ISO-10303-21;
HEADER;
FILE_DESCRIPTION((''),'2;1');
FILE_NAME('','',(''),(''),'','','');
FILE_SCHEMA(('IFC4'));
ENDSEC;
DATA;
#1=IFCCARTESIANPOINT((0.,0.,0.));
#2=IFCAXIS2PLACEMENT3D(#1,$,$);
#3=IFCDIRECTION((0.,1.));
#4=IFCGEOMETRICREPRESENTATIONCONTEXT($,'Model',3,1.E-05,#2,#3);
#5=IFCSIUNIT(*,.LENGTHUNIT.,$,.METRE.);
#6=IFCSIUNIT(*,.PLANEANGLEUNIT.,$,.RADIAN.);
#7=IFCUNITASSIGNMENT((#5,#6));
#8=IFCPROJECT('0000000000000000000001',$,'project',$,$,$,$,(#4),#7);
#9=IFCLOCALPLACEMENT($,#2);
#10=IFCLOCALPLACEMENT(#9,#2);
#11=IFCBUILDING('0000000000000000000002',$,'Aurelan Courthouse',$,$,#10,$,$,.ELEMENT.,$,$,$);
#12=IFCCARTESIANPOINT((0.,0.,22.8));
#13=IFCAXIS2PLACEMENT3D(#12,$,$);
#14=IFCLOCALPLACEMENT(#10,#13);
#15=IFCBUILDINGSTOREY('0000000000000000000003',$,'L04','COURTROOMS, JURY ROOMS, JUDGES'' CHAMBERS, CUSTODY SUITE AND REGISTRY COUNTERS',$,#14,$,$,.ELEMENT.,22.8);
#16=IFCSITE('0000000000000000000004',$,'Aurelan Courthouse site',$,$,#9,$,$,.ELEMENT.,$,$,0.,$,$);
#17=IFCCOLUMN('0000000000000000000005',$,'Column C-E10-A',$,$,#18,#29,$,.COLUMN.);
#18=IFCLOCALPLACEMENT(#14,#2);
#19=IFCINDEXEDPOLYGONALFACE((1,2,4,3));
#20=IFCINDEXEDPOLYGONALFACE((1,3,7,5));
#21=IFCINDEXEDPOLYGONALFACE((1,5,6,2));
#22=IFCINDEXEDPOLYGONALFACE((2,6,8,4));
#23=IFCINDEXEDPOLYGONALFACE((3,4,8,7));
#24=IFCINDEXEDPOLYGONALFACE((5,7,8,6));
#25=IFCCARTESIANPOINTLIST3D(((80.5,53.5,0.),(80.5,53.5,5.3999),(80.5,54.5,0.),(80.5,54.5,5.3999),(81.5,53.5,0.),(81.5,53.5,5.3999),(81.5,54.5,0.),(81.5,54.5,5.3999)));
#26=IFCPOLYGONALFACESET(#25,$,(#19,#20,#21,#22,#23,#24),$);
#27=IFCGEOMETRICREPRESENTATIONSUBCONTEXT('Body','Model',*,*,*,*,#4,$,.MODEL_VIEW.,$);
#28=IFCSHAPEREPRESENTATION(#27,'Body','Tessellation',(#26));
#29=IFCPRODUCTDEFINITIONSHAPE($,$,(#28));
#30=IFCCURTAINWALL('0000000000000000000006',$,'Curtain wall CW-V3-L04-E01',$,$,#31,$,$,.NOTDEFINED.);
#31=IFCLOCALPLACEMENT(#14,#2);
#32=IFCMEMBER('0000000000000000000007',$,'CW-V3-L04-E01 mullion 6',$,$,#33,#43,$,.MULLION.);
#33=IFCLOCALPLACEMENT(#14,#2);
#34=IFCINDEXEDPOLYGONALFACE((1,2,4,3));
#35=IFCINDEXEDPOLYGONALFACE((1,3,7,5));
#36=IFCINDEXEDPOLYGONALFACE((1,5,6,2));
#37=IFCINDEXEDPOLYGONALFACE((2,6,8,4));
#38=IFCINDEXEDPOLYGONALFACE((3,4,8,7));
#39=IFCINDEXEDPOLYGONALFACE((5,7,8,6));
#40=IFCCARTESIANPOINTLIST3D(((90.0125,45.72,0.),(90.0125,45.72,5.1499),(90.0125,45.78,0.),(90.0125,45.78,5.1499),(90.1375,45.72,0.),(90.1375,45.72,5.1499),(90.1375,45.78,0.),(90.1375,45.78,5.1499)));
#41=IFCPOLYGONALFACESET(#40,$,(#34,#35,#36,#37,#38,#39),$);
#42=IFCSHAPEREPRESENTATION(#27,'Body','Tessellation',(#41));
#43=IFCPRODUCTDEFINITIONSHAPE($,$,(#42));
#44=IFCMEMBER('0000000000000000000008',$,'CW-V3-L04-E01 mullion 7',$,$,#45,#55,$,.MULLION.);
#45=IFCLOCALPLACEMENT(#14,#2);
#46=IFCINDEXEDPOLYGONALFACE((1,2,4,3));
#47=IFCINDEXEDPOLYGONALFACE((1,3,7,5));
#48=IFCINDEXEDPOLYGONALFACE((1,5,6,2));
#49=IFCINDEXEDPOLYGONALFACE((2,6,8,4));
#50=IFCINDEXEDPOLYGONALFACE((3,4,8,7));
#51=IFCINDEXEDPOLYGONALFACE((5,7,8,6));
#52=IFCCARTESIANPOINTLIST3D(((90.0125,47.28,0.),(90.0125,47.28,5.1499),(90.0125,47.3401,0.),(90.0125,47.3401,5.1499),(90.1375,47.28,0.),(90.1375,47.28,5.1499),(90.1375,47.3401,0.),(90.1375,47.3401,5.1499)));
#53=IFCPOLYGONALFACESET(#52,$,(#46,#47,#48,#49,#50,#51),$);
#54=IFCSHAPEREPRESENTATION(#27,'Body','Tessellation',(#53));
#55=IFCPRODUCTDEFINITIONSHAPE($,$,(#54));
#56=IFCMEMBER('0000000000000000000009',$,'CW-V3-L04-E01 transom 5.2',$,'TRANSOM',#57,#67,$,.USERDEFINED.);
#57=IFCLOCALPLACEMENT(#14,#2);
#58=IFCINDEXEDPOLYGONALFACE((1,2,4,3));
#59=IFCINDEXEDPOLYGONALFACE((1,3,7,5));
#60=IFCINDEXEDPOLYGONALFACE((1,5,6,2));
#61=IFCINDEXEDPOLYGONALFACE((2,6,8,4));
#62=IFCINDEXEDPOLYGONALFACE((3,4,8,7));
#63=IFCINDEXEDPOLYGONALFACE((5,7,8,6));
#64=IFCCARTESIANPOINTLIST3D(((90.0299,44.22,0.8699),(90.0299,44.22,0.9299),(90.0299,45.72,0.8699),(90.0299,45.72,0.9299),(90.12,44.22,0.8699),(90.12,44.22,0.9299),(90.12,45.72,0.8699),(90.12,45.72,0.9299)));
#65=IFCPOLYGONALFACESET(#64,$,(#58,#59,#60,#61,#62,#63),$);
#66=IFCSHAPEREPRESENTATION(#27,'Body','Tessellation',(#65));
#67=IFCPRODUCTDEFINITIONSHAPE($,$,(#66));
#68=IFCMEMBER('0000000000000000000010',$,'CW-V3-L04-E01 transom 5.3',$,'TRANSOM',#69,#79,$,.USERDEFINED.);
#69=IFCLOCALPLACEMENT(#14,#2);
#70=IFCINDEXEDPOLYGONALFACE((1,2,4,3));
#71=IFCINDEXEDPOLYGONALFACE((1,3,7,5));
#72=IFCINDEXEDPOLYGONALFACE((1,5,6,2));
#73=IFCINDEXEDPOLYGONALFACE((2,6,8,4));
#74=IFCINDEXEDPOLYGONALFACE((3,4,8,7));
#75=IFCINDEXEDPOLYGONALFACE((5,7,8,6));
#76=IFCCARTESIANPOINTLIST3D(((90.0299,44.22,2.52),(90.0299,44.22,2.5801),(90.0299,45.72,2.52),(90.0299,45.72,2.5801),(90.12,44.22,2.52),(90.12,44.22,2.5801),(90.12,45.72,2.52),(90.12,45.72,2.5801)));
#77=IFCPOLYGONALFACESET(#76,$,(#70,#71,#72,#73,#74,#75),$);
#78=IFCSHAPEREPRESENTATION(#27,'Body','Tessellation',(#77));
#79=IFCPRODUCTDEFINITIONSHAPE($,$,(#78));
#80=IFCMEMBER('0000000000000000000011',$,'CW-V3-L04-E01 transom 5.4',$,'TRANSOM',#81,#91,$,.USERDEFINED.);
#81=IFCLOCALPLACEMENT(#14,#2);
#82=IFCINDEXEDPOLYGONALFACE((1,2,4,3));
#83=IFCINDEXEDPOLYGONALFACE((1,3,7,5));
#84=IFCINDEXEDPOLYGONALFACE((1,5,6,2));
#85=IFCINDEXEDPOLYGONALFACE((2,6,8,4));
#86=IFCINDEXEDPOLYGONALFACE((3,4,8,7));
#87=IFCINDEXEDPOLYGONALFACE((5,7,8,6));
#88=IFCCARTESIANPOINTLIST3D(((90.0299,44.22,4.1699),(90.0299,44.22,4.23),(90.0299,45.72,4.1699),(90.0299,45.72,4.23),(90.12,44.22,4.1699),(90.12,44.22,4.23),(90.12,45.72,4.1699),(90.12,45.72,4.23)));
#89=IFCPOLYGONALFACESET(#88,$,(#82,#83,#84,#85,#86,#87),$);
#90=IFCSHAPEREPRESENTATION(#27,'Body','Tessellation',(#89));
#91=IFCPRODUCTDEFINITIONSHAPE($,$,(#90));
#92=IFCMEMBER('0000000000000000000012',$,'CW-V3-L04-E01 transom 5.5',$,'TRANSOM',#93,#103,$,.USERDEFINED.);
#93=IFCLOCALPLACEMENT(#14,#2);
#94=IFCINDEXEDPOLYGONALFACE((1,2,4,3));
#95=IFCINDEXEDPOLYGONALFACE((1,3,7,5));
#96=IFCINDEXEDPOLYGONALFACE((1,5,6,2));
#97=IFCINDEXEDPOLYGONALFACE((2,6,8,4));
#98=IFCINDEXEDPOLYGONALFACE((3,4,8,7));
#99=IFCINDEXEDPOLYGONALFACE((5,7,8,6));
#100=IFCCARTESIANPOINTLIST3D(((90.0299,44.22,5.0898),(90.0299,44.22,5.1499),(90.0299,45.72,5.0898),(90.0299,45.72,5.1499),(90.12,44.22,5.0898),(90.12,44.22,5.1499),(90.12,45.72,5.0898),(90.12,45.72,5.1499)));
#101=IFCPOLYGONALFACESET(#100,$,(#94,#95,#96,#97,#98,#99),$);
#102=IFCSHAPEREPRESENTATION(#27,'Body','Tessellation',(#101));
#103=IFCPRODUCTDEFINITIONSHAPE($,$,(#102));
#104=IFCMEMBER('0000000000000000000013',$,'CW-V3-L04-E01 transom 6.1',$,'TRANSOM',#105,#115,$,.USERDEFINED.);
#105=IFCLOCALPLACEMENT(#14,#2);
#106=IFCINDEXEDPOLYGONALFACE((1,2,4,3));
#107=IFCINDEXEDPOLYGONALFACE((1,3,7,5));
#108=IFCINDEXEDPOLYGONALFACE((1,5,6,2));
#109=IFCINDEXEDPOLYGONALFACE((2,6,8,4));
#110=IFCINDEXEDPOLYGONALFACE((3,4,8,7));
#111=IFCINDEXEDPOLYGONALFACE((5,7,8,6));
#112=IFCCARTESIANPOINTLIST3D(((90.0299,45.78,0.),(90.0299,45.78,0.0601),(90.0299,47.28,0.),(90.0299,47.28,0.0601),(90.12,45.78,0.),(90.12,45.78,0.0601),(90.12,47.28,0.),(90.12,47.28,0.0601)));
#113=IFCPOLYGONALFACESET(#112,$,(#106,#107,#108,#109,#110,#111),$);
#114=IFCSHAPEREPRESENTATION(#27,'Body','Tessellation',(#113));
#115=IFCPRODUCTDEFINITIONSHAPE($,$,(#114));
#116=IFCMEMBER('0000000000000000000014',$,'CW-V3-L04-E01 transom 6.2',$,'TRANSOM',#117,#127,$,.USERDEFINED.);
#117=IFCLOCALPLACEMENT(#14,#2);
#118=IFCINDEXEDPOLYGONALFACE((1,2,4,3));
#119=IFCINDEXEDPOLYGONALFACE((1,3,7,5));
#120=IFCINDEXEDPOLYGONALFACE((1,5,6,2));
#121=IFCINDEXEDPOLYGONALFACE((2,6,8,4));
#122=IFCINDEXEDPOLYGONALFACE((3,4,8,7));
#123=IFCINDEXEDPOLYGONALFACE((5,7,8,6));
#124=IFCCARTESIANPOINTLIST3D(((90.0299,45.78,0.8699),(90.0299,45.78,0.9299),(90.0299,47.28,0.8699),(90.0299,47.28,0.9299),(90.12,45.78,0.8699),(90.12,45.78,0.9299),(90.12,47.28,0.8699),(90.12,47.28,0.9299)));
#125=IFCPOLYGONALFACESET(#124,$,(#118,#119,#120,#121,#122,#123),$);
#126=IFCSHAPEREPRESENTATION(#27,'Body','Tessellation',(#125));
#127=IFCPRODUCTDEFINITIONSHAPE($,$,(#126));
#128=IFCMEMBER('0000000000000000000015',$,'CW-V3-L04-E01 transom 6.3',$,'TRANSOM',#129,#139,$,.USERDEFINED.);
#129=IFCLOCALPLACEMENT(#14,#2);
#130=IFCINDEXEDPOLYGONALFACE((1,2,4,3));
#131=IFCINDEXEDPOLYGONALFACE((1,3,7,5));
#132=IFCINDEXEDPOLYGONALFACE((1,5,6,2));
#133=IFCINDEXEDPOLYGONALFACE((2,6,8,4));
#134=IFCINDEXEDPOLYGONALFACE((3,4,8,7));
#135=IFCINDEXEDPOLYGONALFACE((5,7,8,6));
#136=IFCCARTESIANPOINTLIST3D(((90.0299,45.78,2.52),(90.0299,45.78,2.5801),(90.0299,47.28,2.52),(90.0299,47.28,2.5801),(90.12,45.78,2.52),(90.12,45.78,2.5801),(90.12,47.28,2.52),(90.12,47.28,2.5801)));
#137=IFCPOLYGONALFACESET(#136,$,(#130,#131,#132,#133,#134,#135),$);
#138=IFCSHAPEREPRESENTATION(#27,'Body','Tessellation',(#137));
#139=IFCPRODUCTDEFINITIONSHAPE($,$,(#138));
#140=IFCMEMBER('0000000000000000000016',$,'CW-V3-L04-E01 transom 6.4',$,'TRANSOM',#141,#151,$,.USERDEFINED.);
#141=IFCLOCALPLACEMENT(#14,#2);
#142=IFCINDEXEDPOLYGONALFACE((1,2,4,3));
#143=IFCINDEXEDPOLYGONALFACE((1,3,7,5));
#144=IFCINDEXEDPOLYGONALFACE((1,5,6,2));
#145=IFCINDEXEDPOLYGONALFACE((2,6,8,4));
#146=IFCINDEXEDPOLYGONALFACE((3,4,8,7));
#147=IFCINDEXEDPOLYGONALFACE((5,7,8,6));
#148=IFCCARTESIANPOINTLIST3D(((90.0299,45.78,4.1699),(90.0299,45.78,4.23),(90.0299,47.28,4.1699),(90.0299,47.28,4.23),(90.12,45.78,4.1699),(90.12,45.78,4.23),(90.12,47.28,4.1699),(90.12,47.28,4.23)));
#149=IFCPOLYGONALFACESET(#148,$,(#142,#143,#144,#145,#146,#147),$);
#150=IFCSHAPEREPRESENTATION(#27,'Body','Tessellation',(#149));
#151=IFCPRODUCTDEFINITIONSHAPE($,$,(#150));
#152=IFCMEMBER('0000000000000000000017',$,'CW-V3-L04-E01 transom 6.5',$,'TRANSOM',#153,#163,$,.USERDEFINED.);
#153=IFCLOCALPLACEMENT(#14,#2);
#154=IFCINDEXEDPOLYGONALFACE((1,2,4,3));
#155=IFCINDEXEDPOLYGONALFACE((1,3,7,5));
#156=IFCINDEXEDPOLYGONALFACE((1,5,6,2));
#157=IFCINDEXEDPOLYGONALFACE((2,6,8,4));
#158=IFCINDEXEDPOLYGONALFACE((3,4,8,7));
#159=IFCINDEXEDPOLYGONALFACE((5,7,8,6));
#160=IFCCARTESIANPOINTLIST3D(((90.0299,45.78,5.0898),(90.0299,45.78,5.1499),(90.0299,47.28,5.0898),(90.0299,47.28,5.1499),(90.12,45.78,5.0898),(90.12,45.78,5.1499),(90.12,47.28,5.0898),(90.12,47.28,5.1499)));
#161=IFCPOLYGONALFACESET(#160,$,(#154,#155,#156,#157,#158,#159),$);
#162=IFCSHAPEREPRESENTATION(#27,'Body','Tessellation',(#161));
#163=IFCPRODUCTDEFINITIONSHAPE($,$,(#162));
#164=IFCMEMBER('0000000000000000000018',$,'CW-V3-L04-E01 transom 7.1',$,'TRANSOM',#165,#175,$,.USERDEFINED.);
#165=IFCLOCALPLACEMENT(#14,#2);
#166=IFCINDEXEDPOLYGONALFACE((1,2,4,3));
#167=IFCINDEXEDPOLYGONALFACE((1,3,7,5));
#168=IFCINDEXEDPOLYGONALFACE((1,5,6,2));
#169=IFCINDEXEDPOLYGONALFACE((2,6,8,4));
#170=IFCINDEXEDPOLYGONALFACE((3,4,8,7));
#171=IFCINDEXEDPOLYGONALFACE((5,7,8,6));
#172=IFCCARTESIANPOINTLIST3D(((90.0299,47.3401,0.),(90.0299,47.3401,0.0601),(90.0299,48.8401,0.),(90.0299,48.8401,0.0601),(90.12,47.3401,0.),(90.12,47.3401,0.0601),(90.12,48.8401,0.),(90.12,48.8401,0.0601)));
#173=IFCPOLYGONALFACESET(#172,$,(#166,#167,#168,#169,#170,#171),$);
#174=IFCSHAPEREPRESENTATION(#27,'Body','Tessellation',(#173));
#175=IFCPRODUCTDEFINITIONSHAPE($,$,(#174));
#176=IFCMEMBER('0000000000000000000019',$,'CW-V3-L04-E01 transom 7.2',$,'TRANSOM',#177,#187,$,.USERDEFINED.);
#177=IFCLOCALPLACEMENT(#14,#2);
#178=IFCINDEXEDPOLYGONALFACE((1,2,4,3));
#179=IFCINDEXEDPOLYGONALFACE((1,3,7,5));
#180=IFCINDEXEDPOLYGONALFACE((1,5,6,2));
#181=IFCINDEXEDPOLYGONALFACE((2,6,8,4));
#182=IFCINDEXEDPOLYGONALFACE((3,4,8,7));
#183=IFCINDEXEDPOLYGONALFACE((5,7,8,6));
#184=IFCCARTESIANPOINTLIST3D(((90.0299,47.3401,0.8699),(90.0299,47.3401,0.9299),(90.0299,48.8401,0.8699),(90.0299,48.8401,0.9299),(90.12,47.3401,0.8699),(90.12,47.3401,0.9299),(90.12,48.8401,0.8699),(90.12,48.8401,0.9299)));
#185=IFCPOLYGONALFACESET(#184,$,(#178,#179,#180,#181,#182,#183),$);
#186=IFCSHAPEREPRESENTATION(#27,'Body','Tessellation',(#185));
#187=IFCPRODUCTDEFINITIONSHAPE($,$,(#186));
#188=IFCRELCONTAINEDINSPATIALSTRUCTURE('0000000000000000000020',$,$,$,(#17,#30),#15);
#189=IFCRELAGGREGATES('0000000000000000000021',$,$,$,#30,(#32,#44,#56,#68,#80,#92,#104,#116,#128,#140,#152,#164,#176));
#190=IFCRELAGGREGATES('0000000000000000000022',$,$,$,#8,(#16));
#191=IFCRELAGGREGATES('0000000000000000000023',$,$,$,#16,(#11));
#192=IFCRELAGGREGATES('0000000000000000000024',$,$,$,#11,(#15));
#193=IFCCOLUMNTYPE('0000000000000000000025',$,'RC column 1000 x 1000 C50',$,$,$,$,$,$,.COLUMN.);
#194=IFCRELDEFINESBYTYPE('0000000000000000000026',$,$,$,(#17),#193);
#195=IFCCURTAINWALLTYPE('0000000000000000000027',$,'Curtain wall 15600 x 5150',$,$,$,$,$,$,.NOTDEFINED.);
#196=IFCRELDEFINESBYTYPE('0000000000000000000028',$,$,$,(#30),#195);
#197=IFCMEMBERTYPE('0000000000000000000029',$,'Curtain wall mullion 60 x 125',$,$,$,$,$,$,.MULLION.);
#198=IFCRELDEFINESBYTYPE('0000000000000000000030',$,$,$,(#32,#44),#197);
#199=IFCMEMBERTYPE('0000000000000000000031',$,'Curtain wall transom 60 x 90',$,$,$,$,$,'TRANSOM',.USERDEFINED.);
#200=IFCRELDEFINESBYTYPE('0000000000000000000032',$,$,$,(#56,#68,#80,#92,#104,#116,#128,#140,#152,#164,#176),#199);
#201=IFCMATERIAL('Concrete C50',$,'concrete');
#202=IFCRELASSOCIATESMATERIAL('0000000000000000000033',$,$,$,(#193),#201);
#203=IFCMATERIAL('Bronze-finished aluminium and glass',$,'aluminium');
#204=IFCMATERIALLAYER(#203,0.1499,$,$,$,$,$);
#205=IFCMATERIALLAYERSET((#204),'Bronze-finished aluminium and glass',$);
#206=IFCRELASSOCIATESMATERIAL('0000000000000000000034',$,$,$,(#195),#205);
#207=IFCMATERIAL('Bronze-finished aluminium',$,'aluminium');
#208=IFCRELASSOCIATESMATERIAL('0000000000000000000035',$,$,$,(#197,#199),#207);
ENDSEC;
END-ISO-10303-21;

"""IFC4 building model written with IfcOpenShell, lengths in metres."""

from ifc_helpers import new_model, si_unit, direction, frame, origin, origin_2d, place, context, subcontext, project, spatial, rectangle, extrude, material, layer, layer_set, material_profile, profile_set, type_object, element, aggregate, save


model = new_model("IFC4")

# Units and contexts
model_context = context("Model", 3, precision=1e-05, world=origin(), true_north=direction((0.0, 1.0)))
body_context = subcontext(model_context, "Body", "Model", "MODEL_VIEW")
ifc_project = project(units=[si_unit("LENGTHUNIT", "METRE"), si_unit("PLANEANGLEUNIT", "RADIAN")], contexts=[model_context])

# Site, building, storey
site_placement = place(None, origin())
site = spatial("IfcSite", under=ifc_project, at=site_placement, Name="Aurelan Courthouse site", CompositionType="ELEMENT", RefElevation=0.0)
building_placement = place(site_placement, origin())
building = spatial("IfcBuilding", under=site, at=building_placement, Name="Aurelan Courthouse", CompositionType="ELEMENT")
storey_placement = place(building_placement, frame((0.0, 0.0, 22.8)))
storey = spatial("IfcBuildingStorey", under=building, at=storey_placement, Name="L04", Description="COURTROOMS, JURY ROOMS, JUDGES' CHAMBERS, CUSTODY SUITE AND REGISTRY COUNTERS", CompositionType="ELEMENT", Elevation=22.8)

# Column
ifc_material_1 = material(Name="Concrete C50", Category="concrete")
ifc_material_profile_1 = material_profile(ifc_material_1, rectangle(XDim=1.0, YDim=1.0, at=origin_2d()), Name="RC 1000 x 1000")
ifc_profile_set_1 = profile_set([ifc_material_profile_1], Name="Concrete C50")
column_type = type_object("IfcColumnType", Name="RC column 1000 x 1000 C50", PredefinedType="COLUMN", material=ifc_profile_set_1)
column_placement = place(storey_placement, frame((81.0, 54.0, 0.0), z_axis=(0.0, 0.0, 1.0), x_axis=(1.0, 0.0, 0.0)))
element("IfcColumn", 1, at=column_placement, inside=storey, type_object=column_type, Name="Column C-E10-A", PredefinedType="COLUMN", context=body_context, shape_type="SweptSolid", body=[
    extrude(rectangle(XDim=1.0, YDim=1.0, at=origin_2d()), origin(), (0.0, 0.0, 1.0), 5.3999),
])

# Curtain wall, members
ifc_material_2 = material(Name="Bronze-finished aluminium and glass", Category="aluminium")
ifc_layer_1 = layer(ifc_material_2, 0.1499)
ifc_layer_set_1 = layer_set([ifc_layer_1], Name="Bronze-finished aluminium and glass")
curtain_wall_type = type_object("IfcCurtainWallType", Name="Curtain wall 15600 x 5150", PredefinedType="NOTDEFINED", material=ifc_layer_set_1)
curtain_wall_placement = place(storey_placement, origin())
curtain_wall = element("IfcCurtainWall", 2, at=curtain_wall_placement, inside=storey, type_object=curtain_wall_type, Name="Curtain wall CW-V3-L04-E01", PredefinedType="NOTDEFINED")
ifc_material_3 = material(Name="Bronze-finished aluminium", Category="aluminium")
ifc_material_profile_2 = material_profile(ifc_material_3, rectangle(XDim=0.125, YDim=0.0601, at=origin_2d()), Name="Bronze mullion 60 x 125")
ifc_profile_set_2 = profile_set([ifc_material_profile_2], Name="Bronze-finished aluminium")
member_type_1 = type_object("IfcMemberType", Name="Curtain wall mullion 60 x 125", PredefinedType="MULLION", material=ifc_profile_set_2)
member_1_placement = place(storey_placement, frame((90.075, 45.75, 0.0), z_axis=(0.0, 0.0, 1.0), x_axis=(-1.0, 0.0, 0.0)))
member_1 = element("IfcMember", 3, at=member_1_placement, type_object=member_type_1, Name="CW-V3-L04-E01 mullion 6", PredefinedType="MULLION", context=body_context, shape_type="SweptSolid", body=[
    extrude(rectangle(XDim=0.125, YDim=0.0601, at=origin_2d()), origin(), (0.0, 0.0, 1.0), 5.1499),
])
member_2_placement = place(storey_placement, frame((90.075, 47.3101, 0.0), z_axis=(0.0, 0.0, 1.0), x_axis=(-1.0, 0.0, 0.0)))
member_2 = element("IfcMember", 4, at=member_2_placement, type_object=member_type_1, Name="CW-V3-L04-E01 mullion 7", PredefinedType="MULLION", context=body_context, shape_type="SweptSolid", body=[
    extrude(rectangle(XDim=0.125, YDim=0.0601, at=origin_2d()), origin(), (0.0, 0.0, 1.0), 5.1499),
])
ifc_material_profile_3 = material_profile(ifc_material_3, rectangle(XDim=0.0901, YDim=0.0601, at=origin_2d()), Name="Bronze transom 60 x 90")
ifc_profile_set_3 = profile_set([ifc_material_profile_3], Name="Bronze-finished aluminium")
member_type_2 = type_object("IfcMemberType", Name="Curtain wall transom 60 x 90", ElementType="TRANSOM", PredefinedType="USERDEFINED", material=ifc_profile_set_3)
member_3_placement = place(storey_placement, frame((90.075, 44.22, 0.8999), z_axis=(0.0, 1.0, 0.0), x_axis=(-1.0, 0.0, 0.0)))
member_3 = element("IfcMember", 5, at=member_3_placement, type_object=member_type_2, Name="CW-V3-L04-E01 transom 5.2", ObjectType="TRANSOM", PredefinedType="USERDEFINED", context=body_context, shape_type="SweptSolid", body=[
    extrude(rectangle(XDim=0.0901, YDim=0.0601, at=origin_2d()), origin(), (0.0, 0.0, 1.0), 1.5),
])
member_4_placement = place(storey_placement, frame((90.075, 44.22, 2.55), z_axis=(0.0, 1.0, 0.0), x_axis=(-1.0, 0.0, 0.0)))
member_4 = element("IfcMember", 6, at=member_4_placement, type_object=member_type_2, Name="CW-V3-L04-E01 transom 5.3", ObjectType="TRANSOM", PredefinedType="USERDEFINED", context=body_context, shape_type="SweptSolid", body=[
    extrude(rectangle(XDim=0.0901, YDim=0.0601, at=origin_2d()), origin(), (0.0, 0.0, 1.0), 1.5),
])
member_5_placement = place(storey_placement, frame((90.075, 44.22, 4.2), z_axis=(0.0, 1.0, 0.0), x_axis=(-1.0, 0.0, 0.0)))
member_5 = element("IfcMember", 7, at=member_5_placement, type_object=member_type_2, Name="CW-V3-L04-E01 transom 5.4", ObjectType="TRANSOM", PredefinedType="USERDEFINED", context=body_context, shape_type="SweptSolid", body=[
    extrude(rectangle(XDim=0.0901, YDim=0.0601, at=origin_2d()), origin(), (0.0, 0.0, 1.0), 1.5),
])
member_6_placement = place(storey_placement, frame((90.075, 44.22, 5.1199), z_axis=(0.0, 1.0, 0.0), x_axis=(-1.0, 0.0, 0.0)))
member_6 = element("IfcMember", 8, at=member_6_placement, type_object=member_type_2, Name="CW-V3-L04-E01 transom 5.5", ObjectType="TRANSOM", PredefinedType="USERDEFINED", context=body_context, shape_type="SweptSolid", body=[
    extrude(rectangle(XDim=0.0901, YDim=0.0601, at=origin_2d()), origin(), (0.0, 0.0, 1.0), 1.5),
])
member_7_placement = place(storey_placement, frame((90.075, 45.78, 0.03), z_axis=(0.0, 1.0, 0.0), x_axis=(-1.0, 0.0, 0.0)))
member_7 = element("IfcMember", 9, at=member_7_placement, type_object=member_type_2, Name="CW-V3-L04-E01 transom 6.1", ObjectType="TRANSOM", PredefinedType="USERDEFINED", context=body_context, shape_type="SweptSolid", body=[
    extrude(rectangle(XDim=0.0901, YDim=0.0601, at=origin_2d()), origin(), (0.0, 0.0, 1.0), 1.5),
])
member_8_placement = place(storey_placement, frame((90.075, 45.78, 0.8999), z_axis=(0.0, 1.0, 0.0), x_axis=(-1.0, 0.0, 0.0)))
member_8 = element("IfcMember", 10, at=member_8_placement, type_object=member_type_2, Name="CW-V3-L04-E01 transom 6.2", ObjectType="TRANSOM", PredefinedType="USERDEFINED", context=body_context, shape_type="SweptSolid", body=[
    extrude(rectangle(XDim=0.0901, YDim=0.0601, at=origin_2d()), origin(), (0.0, 0.0, 1.0), 1.5),
])
member_9_placement = place(storey_placement, frame((90.075, 45.78, 2.55), z_axis=(0.0, 1.0, 0.0), x_axis=(-1.0, 0.0, 0.0)))
member_9 = element("IfcMember", 11, at=member_9_placement, type_object=member_type_2, Name="CW-V3-L04-E01 transom 6.3", ObjectType="TRANSOM", PredefinedType="USERDEFINED", context=body_context, shape_type="SweptSolid", body=[
    extrude(rectangle(XDim=0.0901, YDim=0.0601, at=origin_2d()), origin(), (0.0, 0.0, 1.0), 1.5),
])
member_10_placement = place(storey_placement, frame((90.075, 45.78, 4.2), z_axis=(0.0, 1.0, 0.0), x_axis=(-1.0, 0.0, 0.0)))
member_10 = element("IfcMember", 12, at=member_10_placement, type_object=member_type_2, Name="CW-V3-L04-E01 transom 6.4", ObjectType="TRANSOM", PredefinedType="USERDEFINED", context=body_context, shape_type="SweptSolid", body=[
    extrude(rectangle(XDim=0.0901, YDim=0.0601, at=origin_2d()), origin(), (0.0, 0.0, 1.0), 1.5),
])
member_11_placement = place(storey_placement, frame((90.075, 45.78, 5.1199), z_axis=(0.0, 1.0, 0.0), x_axis=(-1.0, 0.0, 0.0)))
member_11 = element("IfcMember", 13, at=member_11_placement, type_object=member_type_2, Name="CW-V3-L04-E01 transom 6.5", ObjectType="TRANSOM", PredefinedType="USERDEFINED", context=body_context, shape_type="SweptSolid", body=[
    extrude(rectangle(XDim=0.0901, YDim=0.0601, at=origin_2d()), origin(), (0.0, 0.0, 1.0), 1.5),
])
member_12_placement = place(storey_placement, frame((90.075, 47.3401, 0.03), z_axis=(0.0, 1.0, 0.0), x_axis=(-1.0, 0.0, 0.0)))
member_12 = element("IfcMember", 14, at=member_12_placement, type_object=member_type_2, Name="CW-V3-L04-E01 transom 7.1", ObjectType="TRANSOM", PredefinedType="USERDEFINED", context=body_context, shape_type="SweptSolid", body=[
    extrude(rectangle(XDim=0.0901, YDim=0.0601, at=origin_2d()), origin(), (0.0, 0.0, 1.0), 1.5),
])
member_13_placement = place(storey_placement, frame((90.075, 47.3401, 0.8999), z_axis=(0.0, 1.0, 0.0), x_axis=(-1.0, 0.0, 0.0)))
member_13 = element("IfcMember", 15, at=member_13_placement, type_object=member_type_2, Name="CW-V3-L04-E01 transom 7.2", ObjectType="TRANSOM", PredefinedType="USERDEFINED", context=body_context, shape_type="SweptSolid", body=[
    extrude(rectangle(XDim=0.0901, YDim=0.0601, at=origin_2d()), origin(), (0.0, 0.0, 1.0), 1.5),
])

aggregate(curtain_wall, [member_1, member_2, member_3, member_4, member_5, member_6, member_7, member_8, member_9, member_10, member_11, member_12, member_13])

save(model, "model.ifc")
